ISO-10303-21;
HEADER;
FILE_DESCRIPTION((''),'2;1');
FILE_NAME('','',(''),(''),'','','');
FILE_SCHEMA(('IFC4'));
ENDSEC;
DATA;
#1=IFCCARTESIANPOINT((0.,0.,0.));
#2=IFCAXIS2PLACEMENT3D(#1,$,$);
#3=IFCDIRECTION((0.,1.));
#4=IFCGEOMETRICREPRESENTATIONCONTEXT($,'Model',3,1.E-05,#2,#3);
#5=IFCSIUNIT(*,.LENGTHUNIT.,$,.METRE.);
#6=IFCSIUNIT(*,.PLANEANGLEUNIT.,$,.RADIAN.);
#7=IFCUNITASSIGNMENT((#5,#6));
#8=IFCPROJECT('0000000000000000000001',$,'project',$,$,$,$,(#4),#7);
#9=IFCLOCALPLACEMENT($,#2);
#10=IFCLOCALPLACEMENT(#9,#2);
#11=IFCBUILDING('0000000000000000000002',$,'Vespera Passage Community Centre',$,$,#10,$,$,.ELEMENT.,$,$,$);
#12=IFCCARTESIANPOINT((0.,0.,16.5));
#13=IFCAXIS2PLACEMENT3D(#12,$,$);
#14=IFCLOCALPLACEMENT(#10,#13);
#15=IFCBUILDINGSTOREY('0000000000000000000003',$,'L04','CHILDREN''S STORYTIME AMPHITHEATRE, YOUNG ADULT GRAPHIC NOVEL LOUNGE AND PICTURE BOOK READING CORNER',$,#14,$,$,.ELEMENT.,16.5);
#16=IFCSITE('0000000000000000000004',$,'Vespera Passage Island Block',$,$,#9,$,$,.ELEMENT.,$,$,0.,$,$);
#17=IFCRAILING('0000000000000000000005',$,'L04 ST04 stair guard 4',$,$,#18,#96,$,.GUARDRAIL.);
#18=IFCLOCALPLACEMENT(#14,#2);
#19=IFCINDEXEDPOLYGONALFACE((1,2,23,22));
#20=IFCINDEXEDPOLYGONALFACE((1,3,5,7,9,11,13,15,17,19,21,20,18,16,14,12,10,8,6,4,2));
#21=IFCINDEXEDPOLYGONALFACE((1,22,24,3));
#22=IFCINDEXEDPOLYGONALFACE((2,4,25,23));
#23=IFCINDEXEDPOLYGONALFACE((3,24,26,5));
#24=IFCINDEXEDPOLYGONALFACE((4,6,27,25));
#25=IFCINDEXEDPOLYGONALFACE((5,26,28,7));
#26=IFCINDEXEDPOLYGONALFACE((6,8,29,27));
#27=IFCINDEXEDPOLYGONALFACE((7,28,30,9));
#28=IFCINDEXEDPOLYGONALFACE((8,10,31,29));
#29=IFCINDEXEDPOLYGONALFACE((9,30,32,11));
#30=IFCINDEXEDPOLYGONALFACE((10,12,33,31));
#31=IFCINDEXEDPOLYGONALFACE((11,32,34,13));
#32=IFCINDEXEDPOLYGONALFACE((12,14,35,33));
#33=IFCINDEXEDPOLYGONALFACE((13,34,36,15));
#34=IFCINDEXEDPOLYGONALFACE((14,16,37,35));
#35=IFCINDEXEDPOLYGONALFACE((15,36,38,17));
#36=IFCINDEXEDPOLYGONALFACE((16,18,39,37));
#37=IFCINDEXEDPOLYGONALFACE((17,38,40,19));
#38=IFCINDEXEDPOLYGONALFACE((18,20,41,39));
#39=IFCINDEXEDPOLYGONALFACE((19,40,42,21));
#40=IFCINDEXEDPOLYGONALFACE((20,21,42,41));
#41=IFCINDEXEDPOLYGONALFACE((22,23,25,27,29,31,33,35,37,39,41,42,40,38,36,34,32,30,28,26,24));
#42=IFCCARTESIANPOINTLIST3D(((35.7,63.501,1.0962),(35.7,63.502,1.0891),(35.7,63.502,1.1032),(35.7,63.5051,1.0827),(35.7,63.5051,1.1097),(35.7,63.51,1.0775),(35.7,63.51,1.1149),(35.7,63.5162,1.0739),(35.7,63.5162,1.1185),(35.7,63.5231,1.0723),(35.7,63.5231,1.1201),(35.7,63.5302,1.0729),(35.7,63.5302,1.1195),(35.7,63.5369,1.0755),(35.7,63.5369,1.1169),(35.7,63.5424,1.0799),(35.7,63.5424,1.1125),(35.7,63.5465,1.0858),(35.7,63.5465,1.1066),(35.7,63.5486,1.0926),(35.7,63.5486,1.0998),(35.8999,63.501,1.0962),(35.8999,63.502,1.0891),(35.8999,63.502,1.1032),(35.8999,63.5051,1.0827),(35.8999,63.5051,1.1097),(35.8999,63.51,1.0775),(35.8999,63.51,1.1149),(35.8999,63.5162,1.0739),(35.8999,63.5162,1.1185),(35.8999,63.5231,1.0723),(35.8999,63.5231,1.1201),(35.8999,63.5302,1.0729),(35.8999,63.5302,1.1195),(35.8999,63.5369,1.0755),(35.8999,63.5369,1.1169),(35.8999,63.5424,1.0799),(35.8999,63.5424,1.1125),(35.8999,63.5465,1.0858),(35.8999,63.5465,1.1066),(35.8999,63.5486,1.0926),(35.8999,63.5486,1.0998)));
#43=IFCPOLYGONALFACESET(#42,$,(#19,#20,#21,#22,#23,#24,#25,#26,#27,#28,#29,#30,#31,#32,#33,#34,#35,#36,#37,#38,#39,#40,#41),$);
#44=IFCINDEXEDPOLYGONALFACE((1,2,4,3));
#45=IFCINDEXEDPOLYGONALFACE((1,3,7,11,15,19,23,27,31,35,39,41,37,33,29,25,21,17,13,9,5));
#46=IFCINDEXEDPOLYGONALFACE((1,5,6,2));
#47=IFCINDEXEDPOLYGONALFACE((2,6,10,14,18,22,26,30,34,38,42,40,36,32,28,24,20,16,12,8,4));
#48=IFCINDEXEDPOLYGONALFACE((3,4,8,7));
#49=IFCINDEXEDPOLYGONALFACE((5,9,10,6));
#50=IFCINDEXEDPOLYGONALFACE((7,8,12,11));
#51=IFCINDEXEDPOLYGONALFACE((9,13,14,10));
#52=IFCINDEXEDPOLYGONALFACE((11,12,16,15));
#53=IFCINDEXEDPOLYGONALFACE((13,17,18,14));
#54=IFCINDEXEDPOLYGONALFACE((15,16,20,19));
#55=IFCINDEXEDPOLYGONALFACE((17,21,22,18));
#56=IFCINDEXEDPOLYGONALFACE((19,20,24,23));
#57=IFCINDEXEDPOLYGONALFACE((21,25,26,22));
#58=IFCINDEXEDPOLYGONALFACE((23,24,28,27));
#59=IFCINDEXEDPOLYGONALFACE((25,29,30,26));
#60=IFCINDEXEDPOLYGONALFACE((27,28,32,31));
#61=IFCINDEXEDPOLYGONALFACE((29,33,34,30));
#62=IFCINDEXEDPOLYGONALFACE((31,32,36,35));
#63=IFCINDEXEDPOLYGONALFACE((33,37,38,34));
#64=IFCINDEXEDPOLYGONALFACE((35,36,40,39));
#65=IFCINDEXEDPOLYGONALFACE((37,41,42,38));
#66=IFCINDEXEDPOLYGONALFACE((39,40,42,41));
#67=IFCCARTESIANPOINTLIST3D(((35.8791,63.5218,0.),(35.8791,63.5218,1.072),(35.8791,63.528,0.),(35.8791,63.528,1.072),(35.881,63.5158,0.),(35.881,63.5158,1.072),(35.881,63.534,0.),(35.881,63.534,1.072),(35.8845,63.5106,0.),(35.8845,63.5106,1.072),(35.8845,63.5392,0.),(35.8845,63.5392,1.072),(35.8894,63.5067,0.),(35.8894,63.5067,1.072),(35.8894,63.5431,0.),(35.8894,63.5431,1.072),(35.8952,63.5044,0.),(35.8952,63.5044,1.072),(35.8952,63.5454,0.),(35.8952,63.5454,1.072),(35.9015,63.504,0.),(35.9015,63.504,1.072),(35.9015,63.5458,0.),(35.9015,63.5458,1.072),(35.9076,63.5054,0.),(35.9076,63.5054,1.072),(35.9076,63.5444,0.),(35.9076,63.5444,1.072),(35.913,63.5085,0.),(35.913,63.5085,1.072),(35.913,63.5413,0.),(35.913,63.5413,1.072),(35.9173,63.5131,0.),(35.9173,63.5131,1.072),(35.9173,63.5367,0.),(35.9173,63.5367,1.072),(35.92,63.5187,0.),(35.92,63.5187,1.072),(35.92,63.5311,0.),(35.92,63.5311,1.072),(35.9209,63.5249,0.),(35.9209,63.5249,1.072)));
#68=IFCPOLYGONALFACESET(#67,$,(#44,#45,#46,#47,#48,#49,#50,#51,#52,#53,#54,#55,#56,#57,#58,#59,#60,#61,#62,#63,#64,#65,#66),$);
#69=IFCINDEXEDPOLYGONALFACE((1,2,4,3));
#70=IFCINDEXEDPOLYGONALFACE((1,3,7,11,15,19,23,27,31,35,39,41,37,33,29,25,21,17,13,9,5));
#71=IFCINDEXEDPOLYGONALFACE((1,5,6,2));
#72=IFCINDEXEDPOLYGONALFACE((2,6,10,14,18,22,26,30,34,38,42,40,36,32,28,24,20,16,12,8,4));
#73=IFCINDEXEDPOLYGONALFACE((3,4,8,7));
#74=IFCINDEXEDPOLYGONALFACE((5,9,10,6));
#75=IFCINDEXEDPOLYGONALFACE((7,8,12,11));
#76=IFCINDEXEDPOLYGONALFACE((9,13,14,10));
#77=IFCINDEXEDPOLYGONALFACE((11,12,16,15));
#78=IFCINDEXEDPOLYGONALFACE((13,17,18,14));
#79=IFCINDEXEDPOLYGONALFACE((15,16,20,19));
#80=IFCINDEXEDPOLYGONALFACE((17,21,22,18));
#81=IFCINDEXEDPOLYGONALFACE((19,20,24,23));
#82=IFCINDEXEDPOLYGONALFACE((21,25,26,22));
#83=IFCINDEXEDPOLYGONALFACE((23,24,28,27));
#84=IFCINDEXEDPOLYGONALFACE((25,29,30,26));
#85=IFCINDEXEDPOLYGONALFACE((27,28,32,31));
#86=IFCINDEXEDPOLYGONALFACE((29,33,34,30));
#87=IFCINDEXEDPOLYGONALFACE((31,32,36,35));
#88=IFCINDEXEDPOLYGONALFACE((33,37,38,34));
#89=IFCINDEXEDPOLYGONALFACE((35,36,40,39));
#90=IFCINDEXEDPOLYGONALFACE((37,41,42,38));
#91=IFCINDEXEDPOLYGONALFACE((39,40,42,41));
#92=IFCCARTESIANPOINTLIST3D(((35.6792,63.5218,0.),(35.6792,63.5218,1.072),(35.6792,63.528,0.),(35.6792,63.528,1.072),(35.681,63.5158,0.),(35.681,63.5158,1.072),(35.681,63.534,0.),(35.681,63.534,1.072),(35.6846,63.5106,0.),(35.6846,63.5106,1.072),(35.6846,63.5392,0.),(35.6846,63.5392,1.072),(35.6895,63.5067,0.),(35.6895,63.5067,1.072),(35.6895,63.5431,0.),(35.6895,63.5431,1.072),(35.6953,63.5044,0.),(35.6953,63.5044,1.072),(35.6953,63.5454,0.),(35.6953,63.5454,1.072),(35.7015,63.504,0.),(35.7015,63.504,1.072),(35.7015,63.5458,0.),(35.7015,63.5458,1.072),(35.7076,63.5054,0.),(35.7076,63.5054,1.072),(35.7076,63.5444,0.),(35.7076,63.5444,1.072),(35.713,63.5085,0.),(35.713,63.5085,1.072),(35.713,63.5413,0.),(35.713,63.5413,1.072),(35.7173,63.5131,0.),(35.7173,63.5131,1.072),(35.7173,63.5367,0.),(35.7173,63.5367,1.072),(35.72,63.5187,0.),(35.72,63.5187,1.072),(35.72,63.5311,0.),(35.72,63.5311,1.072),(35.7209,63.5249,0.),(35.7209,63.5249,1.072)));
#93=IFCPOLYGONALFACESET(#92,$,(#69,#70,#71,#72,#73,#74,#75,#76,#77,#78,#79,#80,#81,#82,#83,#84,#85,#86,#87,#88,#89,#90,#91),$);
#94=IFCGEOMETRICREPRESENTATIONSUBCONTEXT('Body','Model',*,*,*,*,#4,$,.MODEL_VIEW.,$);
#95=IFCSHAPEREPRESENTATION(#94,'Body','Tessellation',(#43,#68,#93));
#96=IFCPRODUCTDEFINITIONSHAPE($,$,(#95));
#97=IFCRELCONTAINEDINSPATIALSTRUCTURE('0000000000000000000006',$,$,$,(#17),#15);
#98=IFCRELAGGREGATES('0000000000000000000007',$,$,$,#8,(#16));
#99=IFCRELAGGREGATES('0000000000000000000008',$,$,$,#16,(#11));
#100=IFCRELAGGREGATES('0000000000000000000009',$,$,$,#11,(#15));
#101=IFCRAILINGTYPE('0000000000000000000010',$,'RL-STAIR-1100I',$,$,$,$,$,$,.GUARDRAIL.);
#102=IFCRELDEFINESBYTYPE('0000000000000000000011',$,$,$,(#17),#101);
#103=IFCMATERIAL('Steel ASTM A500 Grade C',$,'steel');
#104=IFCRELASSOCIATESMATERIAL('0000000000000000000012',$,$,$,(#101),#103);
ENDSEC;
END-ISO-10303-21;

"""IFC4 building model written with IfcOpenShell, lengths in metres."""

from ifc_helpers import new_model, si_unit, direction, frame, origin, origin_2d, place, context, subcontext, project, spatial, circle, extrude, material, type_object, element, save


model = new_model("IFC4")

# Units and contexts
model_context = context("Model", 3, precision=1e-05, world=origin(), true_north=direction((0.0, 1.0)))
body_context = subcontext(model_context, "Body", "Model", "MODEL_VIEW")
ifc_project = project(units=[si_unit("LENGTHUNIT", "METRE"), si_unit("PLANEANGLEUNIT", "RADIAN")], contexts=[model_context])

# Site, building, storey
site_placement = place(None, origin())
site = spatial("IfcSite", under=ifc_project, at=site_placement, Name="Vespera Passage Island Block", CompositionType="ELEMENT", RefElevation=0.0)
building_placement = place(site_placement, origin())
building = spatial("IfcBuilding", under=site, at=building_placement, Name="Vespera Passage Community Centre", CompositionType="ELEMENT")
storey_placement = place(building_placement, frame((0.0, 0.0, 16.5)))
storey = spatial("IfcBuildingStorey", under=building, at=storey_placement, Name="L04", Description="CHILDREN'S STORYTIME AMPHITHEATRE, YOUNG ADULT GRAPHIC NOVEL LOUNGE AND PICTURE BOOK READING CORNER", CompositionType="ELEMENT", Elevation=16.5)

# Railing
ifc_material_1 = material(Name="Steel ASTM A500 Grade C", Category="steel")
railing_type_1 = type_object("IfcRailingType", Name="RL-STAIR-1100I", PredefinedType="GUARDRAIL", material=ifc_material_1)
railing_1_placement = place(storey_placement, frame((35.8999, 63.5249, 0.0)))
element("IfcRailing", 1, at=railing_1_placement, inside=storey, type_object=railing_type_1, Name="L04 ST04 stair guard 4", PredefinedType="GUARDRAIL", context=body_context, shape_type="SweptSolid", body=[
    extrude(circle(Radius=0.0239, at=origin_2d()), frame((0.0, 0.0, 1.0962), z_axis=(-1.0, 0.0, 0.0), x_axis=(0.0, -1.0, 0.0)), (0.0, 0.0, 1.0), 0.2),
    extrude(circle(Radius=0.021, at=origin_2d()), origin(), (0.0, 0.0, 1.0), 1.072),
    extrude(circle(Radius=0.021, at=origin_2d()), frame((-0.2, 0.0, 0.0)), (0.0, 0.0, 1.0), 1.072),
])

save(model, "model.ifc")
